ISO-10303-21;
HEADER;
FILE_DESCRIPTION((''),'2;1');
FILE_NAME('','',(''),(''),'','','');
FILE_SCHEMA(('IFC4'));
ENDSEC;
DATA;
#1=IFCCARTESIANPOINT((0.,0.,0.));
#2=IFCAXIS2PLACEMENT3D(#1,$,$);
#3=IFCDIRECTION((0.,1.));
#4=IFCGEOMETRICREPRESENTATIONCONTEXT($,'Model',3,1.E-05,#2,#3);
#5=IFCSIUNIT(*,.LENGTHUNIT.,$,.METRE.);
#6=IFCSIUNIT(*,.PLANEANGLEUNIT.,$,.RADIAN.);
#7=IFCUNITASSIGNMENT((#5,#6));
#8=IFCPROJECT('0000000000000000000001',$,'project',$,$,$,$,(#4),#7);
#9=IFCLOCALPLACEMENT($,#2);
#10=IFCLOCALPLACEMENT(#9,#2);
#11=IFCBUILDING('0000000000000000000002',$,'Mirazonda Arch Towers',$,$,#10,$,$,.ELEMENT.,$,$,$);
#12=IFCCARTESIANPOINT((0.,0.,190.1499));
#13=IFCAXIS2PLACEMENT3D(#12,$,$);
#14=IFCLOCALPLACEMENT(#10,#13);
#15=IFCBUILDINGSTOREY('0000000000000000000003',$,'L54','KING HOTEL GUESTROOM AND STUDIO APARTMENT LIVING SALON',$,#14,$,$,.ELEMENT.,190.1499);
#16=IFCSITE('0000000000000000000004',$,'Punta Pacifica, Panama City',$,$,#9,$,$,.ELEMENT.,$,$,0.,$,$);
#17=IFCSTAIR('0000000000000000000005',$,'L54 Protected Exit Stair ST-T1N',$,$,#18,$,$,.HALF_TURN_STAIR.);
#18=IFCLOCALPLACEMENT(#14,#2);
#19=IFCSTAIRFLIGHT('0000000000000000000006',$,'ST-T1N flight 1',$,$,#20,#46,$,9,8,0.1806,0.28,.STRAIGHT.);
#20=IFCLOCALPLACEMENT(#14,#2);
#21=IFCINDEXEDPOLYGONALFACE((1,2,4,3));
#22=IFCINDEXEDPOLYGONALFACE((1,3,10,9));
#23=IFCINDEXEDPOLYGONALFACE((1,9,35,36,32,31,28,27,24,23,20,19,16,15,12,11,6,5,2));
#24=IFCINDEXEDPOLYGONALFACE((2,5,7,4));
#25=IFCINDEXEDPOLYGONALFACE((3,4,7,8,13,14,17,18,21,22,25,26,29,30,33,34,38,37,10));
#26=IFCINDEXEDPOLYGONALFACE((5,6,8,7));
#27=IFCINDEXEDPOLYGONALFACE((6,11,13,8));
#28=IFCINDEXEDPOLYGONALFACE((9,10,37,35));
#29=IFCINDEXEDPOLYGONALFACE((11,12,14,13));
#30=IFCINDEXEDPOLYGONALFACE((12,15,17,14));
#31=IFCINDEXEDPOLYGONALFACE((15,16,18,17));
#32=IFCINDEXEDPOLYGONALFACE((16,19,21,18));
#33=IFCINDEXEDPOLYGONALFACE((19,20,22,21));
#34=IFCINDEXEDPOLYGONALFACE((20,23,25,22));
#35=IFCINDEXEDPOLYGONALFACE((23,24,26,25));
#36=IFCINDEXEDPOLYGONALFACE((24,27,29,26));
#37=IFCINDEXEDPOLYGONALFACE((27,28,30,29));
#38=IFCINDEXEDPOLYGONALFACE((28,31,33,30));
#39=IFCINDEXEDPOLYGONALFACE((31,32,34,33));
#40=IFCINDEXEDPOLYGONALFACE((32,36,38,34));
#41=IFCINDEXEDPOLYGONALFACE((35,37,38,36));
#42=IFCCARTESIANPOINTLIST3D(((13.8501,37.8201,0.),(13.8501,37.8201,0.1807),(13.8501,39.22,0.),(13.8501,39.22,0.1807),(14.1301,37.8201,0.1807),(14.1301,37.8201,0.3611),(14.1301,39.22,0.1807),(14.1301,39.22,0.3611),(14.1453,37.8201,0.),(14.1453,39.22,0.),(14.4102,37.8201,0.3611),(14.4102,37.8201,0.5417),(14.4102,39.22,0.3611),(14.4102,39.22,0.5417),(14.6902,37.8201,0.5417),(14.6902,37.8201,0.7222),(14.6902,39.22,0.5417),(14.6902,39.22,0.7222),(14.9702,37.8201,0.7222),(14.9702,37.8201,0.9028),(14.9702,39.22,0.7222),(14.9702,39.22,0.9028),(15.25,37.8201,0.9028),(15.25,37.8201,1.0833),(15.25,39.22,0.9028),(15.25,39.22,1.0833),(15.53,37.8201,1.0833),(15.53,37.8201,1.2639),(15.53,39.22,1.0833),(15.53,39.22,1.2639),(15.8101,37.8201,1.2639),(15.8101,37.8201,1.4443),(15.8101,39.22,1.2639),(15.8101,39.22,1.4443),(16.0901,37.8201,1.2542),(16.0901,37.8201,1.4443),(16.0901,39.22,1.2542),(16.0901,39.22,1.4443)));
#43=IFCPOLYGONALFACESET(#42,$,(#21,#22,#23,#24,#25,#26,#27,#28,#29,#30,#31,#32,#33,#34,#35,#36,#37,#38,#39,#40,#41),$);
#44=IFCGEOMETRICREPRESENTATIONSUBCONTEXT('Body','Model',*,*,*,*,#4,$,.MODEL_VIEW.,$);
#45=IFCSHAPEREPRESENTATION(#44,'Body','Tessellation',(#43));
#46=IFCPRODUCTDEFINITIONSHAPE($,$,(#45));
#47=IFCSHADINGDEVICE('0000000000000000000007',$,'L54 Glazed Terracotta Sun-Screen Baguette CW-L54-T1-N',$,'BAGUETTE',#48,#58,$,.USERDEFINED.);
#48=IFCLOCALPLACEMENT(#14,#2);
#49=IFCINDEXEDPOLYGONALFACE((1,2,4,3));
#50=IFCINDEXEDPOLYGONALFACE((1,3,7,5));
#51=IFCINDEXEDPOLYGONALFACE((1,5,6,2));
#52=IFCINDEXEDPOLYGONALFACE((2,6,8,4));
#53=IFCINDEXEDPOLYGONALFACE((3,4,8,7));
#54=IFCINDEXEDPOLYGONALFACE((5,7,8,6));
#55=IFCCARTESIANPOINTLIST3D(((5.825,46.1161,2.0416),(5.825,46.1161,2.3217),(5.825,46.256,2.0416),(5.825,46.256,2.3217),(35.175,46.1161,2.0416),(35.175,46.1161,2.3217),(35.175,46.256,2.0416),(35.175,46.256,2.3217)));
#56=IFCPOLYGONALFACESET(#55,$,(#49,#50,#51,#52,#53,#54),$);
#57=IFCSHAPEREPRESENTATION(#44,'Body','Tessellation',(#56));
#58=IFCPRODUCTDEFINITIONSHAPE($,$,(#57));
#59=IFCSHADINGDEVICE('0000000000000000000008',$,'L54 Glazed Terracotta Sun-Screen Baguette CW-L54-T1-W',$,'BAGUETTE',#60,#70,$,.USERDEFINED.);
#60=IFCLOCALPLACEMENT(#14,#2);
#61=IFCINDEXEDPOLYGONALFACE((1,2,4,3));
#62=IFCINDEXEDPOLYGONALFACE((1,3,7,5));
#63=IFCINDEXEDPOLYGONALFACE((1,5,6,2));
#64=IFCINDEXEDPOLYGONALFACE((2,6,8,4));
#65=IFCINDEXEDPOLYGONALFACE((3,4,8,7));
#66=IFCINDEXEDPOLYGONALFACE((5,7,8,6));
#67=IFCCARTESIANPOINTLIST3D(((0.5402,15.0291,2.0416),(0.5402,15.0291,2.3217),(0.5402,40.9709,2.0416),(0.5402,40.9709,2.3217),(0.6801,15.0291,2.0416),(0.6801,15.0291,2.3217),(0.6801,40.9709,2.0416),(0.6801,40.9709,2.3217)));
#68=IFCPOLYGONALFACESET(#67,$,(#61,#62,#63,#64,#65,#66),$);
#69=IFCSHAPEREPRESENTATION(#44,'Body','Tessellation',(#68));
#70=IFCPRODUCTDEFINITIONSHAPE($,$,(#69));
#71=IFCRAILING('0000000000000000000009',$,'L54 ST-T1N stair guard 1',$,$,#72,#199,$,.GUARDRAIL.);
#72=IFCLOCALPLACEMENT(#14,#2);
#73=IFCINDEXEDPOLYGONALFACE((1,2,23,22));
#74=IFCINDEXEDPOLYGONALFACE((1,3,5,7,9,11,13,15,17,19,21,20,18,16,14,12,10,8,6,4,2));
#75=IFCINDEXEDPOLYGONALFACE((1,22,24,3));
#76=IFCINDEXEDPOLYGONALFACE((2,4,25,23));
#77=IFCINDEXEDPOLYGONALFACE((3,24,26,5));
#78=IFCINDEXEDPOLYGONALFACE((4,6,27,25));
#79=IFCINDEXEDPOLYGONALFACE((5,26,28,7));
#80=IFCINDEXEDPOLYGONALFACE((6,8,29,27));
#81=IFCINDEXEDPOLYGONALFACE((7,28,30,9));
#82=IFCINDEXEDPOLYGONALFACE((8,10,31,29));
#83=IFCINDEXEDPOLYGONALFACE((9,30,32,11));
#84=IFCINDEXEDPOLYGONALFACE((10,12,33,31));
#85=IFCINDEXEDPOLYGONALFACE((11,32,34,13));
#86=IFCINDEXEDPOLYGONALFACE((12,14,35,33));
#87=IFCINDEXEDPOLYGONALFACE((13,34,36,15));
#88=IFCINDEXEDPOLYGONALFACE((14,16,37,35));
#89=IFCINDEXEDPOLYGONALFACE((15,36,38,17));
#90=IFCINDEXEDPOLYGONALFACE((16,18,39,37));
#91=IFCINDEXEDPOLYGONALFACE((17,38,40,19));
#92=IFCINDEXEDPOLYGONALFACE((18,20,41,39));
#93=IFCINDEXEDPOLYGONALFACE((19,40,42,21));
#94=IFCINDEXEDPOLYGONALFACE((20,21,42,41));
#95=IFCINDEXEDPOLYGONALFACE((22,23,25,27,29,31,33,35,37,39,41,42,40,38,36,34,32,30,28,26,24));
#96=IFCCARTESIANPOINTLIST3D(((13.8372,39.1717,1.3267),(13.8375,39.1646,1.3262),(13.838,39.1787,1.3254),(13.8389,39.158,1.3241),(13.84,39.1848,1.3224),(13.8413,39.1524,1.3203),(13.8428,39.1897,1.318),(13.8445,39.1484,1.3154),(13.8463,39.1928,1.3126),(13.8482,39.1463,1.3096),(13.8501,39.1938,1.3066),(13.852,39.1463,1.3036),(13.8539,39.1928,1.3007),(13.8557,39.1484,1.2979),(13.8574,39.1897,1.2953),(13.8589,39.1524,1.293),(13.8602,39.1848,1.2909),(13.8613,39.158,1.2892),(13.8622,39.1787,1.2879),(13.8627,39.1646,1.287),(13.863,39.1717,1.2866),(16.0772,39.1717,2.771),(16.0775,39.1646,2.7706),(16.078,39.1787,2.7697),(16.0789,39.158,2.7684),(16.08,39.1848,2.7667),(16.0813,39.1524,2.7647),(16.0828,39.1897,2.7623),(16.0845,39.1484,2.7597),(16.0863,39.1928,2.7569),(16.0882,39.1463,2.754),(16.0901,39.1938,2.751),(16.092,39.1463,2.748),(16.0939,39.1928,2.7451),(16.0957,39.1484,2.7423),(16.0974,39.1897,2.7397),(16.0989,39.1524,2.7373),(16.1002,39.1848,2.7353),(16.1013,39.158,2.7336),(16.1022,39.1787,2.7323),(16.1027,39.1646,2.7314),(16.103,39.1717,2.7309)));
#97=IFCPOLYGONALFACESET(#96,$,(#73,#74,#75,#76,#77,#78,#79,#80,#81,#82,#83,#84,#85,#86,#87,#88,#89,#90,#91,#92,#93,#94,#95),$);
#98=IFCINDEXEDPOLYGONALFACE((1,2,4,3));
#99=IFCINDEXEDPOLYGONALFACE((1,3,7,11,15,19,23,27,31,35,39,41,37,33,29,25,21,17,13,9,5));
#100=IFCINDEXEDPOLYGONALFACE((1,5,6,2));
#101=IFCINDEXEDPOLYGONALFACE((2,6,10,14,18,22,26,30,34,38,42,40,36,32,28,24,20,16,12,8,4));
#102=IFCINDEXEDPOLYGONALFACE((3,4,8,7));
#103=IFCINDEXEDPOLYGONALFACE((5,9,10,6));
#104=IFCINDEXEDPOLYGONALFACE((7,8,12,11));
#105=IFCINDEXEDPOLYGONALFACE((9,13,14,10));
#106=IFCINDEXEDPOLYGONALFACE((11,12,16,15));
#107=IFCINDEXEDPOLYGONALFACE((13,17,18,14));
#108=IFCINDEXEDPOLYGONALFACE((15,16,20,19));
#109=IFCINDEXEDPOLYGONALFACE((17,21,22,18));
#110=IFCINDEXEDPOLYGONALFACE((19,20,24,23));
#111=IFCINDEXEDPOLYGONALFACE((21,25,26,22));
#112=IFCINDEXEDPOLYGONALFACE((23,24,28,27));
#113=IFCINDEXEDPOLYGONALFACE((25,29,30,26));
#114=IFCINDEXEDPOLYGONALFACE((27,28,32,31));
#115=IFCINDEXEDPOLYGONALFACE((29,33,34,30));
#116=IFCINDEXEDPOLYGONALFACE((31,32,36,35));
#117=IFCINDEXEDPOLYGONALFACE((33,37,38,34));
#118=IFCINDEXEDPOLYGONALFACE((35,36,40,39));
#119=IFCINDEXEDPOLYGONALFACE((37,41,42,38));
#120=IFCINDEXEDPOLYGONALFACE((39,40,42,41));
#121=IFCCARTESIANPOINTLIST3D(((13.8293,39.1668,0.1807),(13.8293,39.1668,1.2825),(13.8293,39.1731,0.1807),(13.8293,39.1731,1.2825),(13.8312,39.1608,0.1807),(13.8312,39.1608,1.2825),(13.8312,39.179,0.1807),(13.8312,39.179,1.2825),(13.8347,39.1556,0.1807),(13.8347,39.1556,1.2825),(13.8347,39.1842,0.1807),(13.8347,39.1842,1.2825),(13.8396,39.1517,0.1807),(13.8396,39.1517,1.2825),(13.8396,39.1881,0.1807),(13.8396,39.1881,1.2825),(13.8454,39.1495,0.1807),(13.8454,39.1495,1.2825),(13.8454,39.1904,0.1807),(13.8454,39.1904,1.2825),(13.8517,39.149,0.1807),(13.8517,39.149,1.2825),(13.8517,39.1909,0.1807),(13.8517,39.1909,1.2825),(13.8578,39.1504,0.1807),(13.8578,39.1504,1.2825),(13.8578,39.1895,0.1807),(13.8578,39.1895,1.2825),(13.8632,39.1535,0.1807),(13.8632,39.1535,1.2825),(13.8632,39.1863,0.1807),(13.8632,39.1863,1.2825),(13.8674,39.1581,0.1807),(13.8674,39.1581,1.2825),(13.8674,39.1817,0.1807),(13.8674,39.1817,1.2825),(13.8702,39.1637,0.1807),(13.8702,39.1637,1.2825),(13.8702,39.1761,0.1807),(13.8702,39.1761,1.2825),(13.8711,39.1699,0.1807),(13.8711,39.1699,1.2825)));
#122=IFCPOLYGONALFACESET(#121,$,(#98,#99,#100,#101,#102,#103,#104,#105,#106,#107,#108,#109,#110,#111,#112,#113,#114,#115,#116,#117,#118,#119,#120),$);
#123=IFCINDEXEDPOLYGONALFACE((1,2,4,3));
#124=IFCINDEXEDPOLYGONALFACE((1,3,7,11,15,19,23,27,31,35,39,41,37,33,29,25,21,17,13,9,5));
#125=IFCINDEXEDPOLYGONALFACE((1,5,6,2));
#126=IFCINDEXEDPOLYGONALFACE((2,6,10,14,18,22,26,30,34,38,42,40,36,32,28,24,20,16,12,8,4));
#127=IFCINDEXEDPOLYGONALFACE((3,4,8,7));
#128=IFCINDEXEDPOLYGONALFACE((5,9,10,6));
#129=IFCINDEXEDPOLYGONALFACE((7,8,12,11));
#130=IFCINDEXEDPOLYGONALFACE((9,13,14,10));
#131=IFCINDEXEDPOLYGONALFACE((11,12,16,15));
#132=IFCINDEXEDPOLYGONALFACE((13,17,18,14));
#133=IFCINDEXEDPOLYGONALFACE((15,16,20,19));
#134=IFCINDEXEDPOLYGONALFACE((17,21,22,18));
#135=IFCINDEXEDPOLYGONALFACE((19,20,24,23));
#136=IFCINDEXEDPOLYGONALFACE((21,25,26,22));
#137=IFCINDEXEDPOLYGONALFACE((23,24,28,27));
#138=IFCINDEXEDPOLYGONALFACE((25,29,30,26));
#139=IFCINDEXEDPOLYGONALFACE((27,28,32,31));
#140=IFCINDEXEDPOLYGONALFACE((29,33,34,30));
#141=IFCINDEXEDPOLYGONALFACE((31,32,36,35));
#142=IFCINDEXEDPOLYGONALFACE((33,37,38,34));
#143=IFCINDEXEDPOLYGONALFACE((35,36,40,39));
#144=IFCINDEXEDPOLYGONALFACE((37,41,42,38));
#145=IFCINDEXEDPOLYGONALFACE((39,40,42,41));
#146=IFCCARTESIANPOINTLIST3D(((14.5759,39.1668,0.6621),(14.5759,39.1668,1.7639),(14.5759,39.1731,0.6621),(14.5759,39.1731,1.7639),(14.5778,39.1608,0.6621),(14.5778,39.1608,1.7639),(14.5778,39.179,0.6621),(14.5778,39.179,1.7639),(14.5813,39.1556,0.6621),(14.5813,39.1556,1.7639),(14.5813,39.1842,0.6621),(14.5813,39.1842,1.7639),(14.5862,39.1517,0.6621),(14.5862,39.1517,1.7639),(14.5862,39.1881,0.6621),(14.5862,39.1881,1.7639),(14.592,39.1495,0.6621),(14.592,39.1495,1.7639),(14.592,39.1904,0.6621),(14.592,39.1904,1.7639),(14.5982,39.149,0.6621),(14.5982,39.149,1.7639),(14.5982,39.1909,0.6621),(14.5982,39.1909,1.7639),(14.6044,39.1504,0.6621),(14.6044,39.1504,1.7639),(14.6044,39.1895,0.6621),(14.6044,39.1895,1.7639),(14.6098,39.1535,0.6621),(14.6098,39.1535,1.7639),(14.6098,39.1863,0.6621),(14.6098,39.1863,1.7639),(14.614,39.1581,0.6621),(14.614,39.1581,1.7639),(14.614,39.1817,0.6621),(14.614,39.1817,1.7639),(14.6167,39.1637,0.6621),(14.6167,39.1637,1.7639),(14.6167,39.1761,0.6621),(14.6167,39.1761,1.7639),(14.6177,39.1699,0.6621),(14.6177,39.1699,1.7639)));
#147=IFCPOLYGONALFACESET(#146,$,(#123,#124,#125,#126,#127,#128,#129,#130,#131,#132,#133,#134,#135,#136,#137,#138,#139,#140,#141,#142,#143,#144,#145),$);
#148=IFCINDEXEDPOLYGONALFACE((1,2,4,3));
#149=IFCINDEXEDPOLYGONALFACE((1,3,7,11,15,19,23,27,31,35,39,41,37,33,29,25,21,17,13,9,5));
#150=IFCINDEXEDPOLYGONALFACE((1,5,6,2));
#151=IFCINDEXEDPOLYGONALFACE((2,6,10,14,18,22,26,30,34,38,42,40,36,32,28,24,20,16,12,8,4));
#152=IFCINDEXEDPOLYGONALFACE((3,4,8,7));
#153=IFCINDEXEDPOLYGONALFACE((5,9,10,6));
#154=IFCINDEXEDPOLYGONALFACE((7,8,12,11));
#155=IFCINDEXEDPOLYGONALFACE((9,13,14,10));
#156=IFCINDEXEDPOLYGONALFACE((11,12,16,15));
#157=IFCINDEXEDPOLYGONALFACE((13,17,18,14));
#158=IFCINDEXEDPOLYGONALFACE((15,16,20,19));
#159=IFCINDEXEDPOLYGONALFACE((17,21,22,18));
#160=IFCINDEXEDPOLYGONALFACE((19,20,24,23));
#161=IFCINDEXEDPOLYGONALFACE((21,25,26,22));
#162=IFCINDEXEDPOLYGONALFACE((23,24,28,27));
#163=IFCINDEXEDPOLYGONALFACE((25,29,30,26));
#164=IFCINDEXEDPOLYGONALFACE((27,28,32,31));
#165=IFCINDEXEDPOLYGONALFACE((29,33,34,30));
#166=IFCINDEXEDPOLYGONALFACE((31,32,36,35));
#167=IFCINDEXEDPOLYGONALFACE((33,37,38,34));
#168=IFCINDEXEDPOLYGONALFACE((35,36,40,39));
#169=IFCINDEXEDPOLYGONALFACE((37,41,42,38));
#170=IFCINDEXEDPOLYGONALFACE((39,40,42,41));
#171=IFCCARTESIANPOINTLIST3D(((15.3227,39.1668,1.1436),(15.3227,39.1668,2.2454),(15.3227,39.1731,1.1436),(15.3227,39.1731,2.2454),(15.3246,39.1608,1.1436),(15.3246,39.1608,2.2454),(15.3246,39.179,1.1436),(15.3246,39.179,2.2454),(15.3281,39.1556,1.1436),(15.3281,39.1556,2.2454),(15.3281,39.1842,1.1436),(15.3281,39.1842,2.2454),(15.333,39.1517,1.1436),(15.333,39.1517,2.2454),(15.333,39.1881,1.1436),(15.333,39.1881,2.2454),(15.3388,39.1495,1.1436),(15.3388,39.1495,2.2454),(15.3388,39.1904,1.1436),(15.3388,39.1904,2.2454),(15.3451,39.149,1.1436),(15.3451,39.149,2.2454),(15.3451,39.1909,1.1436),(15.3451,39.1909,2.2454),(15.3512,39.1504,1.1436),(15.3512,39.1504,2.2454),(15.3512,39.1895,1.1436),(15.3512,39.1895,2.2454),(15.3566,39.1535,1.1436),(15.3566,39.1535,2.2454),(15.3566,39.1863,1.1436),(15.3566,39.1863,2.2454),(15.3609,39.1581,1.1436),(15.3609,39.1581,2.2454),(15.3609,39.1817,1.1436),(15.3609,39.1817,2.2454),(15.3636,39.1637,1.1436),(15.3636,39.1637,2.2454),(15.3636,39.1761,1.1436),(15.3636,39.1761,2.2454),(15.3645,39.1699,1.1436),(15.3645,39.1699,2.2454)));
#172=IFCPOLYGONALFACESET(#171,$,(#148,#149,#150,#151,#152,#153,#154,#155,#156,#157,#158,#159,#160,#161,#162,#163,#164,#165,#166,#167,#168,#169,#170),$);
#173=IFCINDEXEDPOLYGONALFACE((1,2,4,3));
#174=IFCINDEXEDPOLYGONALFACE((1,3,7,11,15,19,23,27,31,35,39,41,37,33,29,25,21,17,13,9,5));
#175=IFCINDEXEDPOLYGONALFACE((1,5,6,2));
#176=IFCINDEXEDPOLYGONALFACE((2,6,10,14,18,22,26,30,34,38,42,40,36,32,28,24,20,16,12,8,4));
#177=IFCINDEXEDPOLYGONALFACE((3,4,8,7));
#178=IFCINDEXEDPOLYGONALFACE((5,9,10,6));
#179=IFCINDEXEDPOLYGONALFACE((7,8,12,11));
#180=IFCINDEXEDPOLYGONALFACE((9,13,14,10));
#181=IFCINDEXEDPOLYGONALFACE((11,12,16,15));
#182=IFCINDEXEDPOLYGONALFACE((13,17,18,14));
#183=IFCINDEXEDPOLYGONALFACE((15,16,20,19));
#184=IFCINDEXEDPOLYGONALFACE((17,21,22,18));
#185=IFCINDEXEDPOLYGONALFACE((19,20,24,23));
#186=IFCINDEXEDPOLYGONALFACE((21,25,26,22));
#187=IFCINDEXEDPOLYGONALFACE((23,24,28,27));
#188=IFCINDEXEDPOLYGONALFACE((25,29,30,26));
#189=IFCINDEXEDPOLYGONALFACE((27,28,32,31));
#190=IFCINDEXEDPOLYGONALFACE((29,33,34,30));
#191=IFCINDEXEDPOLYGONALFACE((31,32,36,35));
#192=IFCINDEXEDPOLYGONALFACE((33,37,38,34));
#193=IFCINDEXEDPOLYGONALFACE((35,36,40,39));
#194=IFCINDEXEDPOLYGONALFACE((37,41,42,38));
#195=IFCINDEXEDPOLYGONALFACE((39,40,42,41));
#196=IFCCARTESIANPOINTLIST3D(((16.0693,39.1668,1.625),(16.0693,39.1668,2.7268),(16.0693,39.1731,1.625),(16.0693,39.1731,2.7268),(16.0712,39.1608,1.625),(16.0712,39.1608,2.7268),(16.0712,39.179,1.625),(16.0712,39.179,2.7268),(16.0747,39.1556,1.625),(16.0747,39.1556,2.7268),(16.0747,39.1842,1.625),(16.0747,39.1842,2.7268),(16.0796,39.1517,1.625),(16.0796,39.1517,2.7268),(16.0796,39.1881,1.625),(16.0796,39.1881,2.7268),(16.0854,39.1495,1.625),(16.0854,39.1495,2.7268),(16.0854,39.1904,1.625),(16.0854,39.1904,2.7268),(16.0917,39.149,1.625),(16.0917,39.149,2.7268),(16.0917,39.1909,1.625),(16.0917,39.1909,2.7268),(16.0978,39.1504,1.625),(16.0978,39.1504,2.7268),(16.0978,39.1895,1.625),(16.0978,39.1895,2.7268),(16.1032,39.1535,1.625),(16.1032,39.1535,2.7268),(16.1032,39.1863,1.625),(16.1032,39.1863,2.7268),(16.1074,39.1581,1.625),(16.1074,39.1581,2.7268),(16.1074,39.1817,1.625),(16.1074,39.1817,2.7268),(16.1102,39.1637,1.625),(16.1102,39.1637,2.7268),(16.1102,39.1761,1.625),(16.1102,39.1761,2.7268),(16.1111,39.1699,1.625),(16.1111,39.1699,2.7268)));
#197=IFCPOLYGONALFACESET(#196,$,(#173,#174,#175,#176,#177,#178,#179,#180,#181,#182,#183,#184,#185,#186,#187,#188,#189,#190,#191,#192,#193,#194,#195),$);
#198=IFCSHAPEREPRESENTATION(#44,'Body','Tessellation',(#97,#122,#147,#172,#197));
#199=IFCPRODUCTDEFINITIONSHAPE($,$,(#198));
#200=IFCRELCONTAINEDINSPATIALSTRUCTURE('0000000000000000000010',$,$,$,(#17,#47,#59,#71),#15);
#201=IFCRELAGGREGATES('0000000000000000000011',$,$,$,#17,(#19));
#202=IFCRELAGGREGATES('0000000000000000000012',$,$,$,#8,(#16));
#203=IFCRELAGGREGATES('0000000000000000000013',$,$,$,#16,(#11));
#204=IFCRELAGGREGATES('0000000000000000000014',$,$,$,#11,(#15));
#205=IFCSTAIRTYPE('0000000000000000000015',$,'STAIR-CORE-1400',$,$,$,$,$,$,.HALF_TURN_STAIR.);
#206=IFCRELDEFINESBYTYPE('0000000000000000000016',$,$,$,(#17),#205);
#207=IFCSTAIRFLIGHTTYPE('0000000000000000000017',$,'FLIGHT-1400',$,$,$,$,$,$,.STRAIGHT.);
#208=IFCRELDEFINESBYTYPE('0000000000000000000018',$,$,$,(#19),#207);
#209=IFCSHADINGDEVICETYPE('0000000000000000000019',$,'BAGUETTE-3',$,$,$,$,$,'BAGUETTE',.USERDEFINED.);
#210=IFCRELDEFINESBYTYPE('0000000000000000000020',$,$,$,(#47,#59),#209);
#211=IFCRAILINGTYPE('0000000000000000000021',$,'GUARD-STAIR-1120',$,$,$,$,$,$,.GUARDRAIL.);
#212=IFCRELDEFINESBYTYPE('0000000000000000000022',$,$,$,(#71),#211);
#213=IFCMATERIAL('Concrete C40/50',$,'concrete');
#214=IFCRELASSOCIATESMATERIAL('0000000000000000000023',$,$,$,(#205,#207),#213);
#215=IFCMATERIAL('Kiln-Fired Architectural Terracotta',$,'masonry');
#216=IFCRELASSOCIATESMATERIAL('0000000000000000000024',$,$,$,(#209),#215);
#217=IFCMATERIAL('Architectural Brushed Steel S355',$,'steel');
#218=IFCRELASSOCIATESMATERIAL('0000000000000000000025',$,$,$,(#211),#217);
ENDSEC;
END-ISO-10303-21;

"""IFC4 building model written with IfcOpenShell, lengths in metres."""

from ifc_helpers import new_model, si_unit, direction, frame, origin, origin_2d, place, context, subcontext, project, spatial, polyline, rectangle, circle, outline, extrude, material, material_profile, profile_set, type_object, element, aggregate, save


model = new_model("IFC4")

# Units and contexts
model_context = context("Model", 3, precision=1e-05, world=origin(), true_north=direction((0.0, 1.0)))
body_context = subcontext(model_context, "Body", "Model", "MODEL_VIEW")
ifc_project = project(units=[si_unit("LENGTHUNIT", "METRE"), si_unit("PLANEANGLEUNIT", "RADIAN")], contexts=[model_context])

# Site, building, storey
site_placement = place(None, origin())
site = spatial("IfcSite", under=ifc_project, at=site_placement, Name="Punta Pacifica, Panama City", CompositionType="ELEMENT", RefElevation=0.0)
building_placement = place(site_placement, origin())
building = spatial("IfcBuilding", under=site, at=building_placement, Name="Mirazonda Arch Towers", CompositionType="ELEMENT")
storey_placement = place(building_placement, frame((0.0, 0.0, 190.1499)))
storey = spatial("IfcBuildingStorey", under=building, at=storey_placement, Name="L54", Description="KING HOTEL GUESTROOM AND STUDIO APARTMENT LIVING SALON", CompositionType="ELEMENT", Elevation=190.1499)

# Shared definitions
ifc_material_1 = material(Name="Architectural Brushed Steel S355", Category="steel")

# Stair, stair flight
ifc_material_2 = material(Name="Concrete C40/50", Category="concrete")
stair_type = type_object("IfcStairType", Name="STAIR-CORE-1400", PredefinedType="HALF_TURN_STAIR", material=ifc_material_2)
stair_placement = place(storey_placement, origin())
stair = element("IfcStair", 1, at=stair_placement, inside=storey, type_object=stair_type, Name="L54 Protected Exit Stair ST-T1N", PredefinedType="HALF_TURN_STAIR")
stair_flight_type = type_object("IfcStairFlightType", Name="FLIGHT-1400", PredefinedType="STRAIGHT", material=ifc_material_2)
stair_flight_placement = place(storey_placement, frame((13.8501, 38.52, 0.0), z_axis=(0.0, 0.0, 1.0), x_axis=(1.0, 0.0, 0.0)))
stair_flight = element("IfcStairFlight", 2, at=stair_flight_placement, type_object=stair_flight_type, Name="ST-T1N flight 1", NumberOfRisers=9, NumberOfTreads=8, PredefinedType="STRAIGHT", RiserHeight=0.1806, TreadLength=0.28, context=body_context, shape_type="SweptSolid", body=[
    extrude(outline(polyline([(0.0, 0.0), (0.0, 0.1807), (0.28, 0.1807), (0.28, 0.3611), (0.5601, 0.3611), (0.5601, 0.5417), (0.8401, 0.5417), (0.8401, 0.7222), (1.1201, 0.7222), (1.1201, 0.9028), (1.3999, 0.9028), (1.3999, 1.0833), (1.6799, 1.0833), (1.6799, 1.2639), (1.96, 1.2639), (1.96, 1.4443), (2.24, 1.4443), (2.24, 1.625), (2.24, 1.2542), (0.2952, 0.0), (0.0, 0.0)])), frame((0.0, 0.7, 0.0), z_axis=(0.0, -1.0, 0.0), x_axis=(1.0, 0.0, 0.0)), (0.0, 0.0, 1.0), 1.3999),
])
aggregate(stair, [stair_flight])

# Shading devices
ifc_material_3 = material(Name="Kiln-Fired Architectural Terracotta", Category="masonry")
ifc_material_profile_1 = material_profile(ifc_material_3, rectangle(XDim=0.1399, YDim=0.28, at=origin_2d()), Name="TERRA-BAG-140x280")
ifc_profile_set_1 = profile_set([ifc_material_profile_1], Name="Kiln-Fired Architectural Terracotta")
shading_device_type = type_object("IfcShadingDeviceType", Name="BAGUETTE-3", ElementType="BAGUETTE", PredefinedType="USERDEFINED", material=ifc_profile_set_1)
shading_device_1_placement = place(storey_placement, frame((5.825, 46.186, 2.1816), z_axis=(1.0, 0.0, 0.0), x_axis=(0.0, 1.0, 0.0)))
element("IfcShadingDevice", 3, at=shading_device_1_placement, inside=storey, type_object=shading_device_type, Name="L54 Glazed Terracotta Sun-Screen Baguette CW-L54-T1-N", ObjectType="BAGUETTE", PredefinedType="USERDEFINED", context=body_context, shape_type="SweptSolid", body=[
    extrude(rectangle(XDim=0.1399, YDim=0.28, at=origin_2d()), origin(), (0.0, 0.0, 1.0), 29.3501),
])
shading_device_2_placement = place(storey_placement, frame((0.6101, 40.9709, 2.1816), z_axis=(0.0, -1.0, 0.0), x_axis=(1.0, 0.0, 0.0)))
element("IfcShadingDevice", 4, at=shading_device_2_placement, inside=storey, type_object=shading_device_type, Name="L54 Glazed Terracotta Sun-Screen Baguette CW-L54-T1-W", ObjectType="BAGUETTE", PredefinedType="USERDEFINED", context=body_context, shape_type="SweptSolid", body=[
    extrude(rectangle(XDim=0.1399, YDim=0.28, at=origin_2d()), origin(), (0.0, 0.0, 1.0), 25.9419),
])

# Railing
railing_type_1 = type_object("IfcRailingType", Name="GUARD-STAIR-1120", PredefinedType="GUARDRAIL", material=ifc_material_1)
railing_1_placement = place(storey_placement, frame((13.8501, 39.1699, 0.1807)))
element("IfcRailing", 5, at=railing_1_placement, inside=storey, type_object=railing_type_1, Name="L54 ST-T1N stair guard 1", PredefinedType="GUARDRAIL", context=body_context, shape_type="SweptSolid", body=[
    extrude(circle(Radius=0.0239, at=origin_2d()), frame((0.0, 0.0, 1.126), z_axis=(0.840437, 0.0, 0.54191), x_axis=(0.0, 1.0, 0.0)), (0.0, 0.0, 1.0), 2.6653),
    extrude(circle(Radius=0.021, at=origin_2d()), origin(), (0.0, 0.0, 1.0), 1.1018),
    extrude(circle(Radius=0.021, at=origin_2d()), frame((0.7466, 0.0, 0.4814)), (0.0, 0.0, 1.0), 1.1018),
    extrude(circle(Radius=0.021, at=origin_2d()), frame((1.4934, 0.0, 0.9629)), (0.0, 0.0, 1.0), 1.1018),
    extrude(circle(Radius=0.021, at=origin_2d()), frame((2.24, 0.0, 1.4443)), (0.0, 0.0, 1.0), 1.1018),
])

save(model, "model.ifc")
